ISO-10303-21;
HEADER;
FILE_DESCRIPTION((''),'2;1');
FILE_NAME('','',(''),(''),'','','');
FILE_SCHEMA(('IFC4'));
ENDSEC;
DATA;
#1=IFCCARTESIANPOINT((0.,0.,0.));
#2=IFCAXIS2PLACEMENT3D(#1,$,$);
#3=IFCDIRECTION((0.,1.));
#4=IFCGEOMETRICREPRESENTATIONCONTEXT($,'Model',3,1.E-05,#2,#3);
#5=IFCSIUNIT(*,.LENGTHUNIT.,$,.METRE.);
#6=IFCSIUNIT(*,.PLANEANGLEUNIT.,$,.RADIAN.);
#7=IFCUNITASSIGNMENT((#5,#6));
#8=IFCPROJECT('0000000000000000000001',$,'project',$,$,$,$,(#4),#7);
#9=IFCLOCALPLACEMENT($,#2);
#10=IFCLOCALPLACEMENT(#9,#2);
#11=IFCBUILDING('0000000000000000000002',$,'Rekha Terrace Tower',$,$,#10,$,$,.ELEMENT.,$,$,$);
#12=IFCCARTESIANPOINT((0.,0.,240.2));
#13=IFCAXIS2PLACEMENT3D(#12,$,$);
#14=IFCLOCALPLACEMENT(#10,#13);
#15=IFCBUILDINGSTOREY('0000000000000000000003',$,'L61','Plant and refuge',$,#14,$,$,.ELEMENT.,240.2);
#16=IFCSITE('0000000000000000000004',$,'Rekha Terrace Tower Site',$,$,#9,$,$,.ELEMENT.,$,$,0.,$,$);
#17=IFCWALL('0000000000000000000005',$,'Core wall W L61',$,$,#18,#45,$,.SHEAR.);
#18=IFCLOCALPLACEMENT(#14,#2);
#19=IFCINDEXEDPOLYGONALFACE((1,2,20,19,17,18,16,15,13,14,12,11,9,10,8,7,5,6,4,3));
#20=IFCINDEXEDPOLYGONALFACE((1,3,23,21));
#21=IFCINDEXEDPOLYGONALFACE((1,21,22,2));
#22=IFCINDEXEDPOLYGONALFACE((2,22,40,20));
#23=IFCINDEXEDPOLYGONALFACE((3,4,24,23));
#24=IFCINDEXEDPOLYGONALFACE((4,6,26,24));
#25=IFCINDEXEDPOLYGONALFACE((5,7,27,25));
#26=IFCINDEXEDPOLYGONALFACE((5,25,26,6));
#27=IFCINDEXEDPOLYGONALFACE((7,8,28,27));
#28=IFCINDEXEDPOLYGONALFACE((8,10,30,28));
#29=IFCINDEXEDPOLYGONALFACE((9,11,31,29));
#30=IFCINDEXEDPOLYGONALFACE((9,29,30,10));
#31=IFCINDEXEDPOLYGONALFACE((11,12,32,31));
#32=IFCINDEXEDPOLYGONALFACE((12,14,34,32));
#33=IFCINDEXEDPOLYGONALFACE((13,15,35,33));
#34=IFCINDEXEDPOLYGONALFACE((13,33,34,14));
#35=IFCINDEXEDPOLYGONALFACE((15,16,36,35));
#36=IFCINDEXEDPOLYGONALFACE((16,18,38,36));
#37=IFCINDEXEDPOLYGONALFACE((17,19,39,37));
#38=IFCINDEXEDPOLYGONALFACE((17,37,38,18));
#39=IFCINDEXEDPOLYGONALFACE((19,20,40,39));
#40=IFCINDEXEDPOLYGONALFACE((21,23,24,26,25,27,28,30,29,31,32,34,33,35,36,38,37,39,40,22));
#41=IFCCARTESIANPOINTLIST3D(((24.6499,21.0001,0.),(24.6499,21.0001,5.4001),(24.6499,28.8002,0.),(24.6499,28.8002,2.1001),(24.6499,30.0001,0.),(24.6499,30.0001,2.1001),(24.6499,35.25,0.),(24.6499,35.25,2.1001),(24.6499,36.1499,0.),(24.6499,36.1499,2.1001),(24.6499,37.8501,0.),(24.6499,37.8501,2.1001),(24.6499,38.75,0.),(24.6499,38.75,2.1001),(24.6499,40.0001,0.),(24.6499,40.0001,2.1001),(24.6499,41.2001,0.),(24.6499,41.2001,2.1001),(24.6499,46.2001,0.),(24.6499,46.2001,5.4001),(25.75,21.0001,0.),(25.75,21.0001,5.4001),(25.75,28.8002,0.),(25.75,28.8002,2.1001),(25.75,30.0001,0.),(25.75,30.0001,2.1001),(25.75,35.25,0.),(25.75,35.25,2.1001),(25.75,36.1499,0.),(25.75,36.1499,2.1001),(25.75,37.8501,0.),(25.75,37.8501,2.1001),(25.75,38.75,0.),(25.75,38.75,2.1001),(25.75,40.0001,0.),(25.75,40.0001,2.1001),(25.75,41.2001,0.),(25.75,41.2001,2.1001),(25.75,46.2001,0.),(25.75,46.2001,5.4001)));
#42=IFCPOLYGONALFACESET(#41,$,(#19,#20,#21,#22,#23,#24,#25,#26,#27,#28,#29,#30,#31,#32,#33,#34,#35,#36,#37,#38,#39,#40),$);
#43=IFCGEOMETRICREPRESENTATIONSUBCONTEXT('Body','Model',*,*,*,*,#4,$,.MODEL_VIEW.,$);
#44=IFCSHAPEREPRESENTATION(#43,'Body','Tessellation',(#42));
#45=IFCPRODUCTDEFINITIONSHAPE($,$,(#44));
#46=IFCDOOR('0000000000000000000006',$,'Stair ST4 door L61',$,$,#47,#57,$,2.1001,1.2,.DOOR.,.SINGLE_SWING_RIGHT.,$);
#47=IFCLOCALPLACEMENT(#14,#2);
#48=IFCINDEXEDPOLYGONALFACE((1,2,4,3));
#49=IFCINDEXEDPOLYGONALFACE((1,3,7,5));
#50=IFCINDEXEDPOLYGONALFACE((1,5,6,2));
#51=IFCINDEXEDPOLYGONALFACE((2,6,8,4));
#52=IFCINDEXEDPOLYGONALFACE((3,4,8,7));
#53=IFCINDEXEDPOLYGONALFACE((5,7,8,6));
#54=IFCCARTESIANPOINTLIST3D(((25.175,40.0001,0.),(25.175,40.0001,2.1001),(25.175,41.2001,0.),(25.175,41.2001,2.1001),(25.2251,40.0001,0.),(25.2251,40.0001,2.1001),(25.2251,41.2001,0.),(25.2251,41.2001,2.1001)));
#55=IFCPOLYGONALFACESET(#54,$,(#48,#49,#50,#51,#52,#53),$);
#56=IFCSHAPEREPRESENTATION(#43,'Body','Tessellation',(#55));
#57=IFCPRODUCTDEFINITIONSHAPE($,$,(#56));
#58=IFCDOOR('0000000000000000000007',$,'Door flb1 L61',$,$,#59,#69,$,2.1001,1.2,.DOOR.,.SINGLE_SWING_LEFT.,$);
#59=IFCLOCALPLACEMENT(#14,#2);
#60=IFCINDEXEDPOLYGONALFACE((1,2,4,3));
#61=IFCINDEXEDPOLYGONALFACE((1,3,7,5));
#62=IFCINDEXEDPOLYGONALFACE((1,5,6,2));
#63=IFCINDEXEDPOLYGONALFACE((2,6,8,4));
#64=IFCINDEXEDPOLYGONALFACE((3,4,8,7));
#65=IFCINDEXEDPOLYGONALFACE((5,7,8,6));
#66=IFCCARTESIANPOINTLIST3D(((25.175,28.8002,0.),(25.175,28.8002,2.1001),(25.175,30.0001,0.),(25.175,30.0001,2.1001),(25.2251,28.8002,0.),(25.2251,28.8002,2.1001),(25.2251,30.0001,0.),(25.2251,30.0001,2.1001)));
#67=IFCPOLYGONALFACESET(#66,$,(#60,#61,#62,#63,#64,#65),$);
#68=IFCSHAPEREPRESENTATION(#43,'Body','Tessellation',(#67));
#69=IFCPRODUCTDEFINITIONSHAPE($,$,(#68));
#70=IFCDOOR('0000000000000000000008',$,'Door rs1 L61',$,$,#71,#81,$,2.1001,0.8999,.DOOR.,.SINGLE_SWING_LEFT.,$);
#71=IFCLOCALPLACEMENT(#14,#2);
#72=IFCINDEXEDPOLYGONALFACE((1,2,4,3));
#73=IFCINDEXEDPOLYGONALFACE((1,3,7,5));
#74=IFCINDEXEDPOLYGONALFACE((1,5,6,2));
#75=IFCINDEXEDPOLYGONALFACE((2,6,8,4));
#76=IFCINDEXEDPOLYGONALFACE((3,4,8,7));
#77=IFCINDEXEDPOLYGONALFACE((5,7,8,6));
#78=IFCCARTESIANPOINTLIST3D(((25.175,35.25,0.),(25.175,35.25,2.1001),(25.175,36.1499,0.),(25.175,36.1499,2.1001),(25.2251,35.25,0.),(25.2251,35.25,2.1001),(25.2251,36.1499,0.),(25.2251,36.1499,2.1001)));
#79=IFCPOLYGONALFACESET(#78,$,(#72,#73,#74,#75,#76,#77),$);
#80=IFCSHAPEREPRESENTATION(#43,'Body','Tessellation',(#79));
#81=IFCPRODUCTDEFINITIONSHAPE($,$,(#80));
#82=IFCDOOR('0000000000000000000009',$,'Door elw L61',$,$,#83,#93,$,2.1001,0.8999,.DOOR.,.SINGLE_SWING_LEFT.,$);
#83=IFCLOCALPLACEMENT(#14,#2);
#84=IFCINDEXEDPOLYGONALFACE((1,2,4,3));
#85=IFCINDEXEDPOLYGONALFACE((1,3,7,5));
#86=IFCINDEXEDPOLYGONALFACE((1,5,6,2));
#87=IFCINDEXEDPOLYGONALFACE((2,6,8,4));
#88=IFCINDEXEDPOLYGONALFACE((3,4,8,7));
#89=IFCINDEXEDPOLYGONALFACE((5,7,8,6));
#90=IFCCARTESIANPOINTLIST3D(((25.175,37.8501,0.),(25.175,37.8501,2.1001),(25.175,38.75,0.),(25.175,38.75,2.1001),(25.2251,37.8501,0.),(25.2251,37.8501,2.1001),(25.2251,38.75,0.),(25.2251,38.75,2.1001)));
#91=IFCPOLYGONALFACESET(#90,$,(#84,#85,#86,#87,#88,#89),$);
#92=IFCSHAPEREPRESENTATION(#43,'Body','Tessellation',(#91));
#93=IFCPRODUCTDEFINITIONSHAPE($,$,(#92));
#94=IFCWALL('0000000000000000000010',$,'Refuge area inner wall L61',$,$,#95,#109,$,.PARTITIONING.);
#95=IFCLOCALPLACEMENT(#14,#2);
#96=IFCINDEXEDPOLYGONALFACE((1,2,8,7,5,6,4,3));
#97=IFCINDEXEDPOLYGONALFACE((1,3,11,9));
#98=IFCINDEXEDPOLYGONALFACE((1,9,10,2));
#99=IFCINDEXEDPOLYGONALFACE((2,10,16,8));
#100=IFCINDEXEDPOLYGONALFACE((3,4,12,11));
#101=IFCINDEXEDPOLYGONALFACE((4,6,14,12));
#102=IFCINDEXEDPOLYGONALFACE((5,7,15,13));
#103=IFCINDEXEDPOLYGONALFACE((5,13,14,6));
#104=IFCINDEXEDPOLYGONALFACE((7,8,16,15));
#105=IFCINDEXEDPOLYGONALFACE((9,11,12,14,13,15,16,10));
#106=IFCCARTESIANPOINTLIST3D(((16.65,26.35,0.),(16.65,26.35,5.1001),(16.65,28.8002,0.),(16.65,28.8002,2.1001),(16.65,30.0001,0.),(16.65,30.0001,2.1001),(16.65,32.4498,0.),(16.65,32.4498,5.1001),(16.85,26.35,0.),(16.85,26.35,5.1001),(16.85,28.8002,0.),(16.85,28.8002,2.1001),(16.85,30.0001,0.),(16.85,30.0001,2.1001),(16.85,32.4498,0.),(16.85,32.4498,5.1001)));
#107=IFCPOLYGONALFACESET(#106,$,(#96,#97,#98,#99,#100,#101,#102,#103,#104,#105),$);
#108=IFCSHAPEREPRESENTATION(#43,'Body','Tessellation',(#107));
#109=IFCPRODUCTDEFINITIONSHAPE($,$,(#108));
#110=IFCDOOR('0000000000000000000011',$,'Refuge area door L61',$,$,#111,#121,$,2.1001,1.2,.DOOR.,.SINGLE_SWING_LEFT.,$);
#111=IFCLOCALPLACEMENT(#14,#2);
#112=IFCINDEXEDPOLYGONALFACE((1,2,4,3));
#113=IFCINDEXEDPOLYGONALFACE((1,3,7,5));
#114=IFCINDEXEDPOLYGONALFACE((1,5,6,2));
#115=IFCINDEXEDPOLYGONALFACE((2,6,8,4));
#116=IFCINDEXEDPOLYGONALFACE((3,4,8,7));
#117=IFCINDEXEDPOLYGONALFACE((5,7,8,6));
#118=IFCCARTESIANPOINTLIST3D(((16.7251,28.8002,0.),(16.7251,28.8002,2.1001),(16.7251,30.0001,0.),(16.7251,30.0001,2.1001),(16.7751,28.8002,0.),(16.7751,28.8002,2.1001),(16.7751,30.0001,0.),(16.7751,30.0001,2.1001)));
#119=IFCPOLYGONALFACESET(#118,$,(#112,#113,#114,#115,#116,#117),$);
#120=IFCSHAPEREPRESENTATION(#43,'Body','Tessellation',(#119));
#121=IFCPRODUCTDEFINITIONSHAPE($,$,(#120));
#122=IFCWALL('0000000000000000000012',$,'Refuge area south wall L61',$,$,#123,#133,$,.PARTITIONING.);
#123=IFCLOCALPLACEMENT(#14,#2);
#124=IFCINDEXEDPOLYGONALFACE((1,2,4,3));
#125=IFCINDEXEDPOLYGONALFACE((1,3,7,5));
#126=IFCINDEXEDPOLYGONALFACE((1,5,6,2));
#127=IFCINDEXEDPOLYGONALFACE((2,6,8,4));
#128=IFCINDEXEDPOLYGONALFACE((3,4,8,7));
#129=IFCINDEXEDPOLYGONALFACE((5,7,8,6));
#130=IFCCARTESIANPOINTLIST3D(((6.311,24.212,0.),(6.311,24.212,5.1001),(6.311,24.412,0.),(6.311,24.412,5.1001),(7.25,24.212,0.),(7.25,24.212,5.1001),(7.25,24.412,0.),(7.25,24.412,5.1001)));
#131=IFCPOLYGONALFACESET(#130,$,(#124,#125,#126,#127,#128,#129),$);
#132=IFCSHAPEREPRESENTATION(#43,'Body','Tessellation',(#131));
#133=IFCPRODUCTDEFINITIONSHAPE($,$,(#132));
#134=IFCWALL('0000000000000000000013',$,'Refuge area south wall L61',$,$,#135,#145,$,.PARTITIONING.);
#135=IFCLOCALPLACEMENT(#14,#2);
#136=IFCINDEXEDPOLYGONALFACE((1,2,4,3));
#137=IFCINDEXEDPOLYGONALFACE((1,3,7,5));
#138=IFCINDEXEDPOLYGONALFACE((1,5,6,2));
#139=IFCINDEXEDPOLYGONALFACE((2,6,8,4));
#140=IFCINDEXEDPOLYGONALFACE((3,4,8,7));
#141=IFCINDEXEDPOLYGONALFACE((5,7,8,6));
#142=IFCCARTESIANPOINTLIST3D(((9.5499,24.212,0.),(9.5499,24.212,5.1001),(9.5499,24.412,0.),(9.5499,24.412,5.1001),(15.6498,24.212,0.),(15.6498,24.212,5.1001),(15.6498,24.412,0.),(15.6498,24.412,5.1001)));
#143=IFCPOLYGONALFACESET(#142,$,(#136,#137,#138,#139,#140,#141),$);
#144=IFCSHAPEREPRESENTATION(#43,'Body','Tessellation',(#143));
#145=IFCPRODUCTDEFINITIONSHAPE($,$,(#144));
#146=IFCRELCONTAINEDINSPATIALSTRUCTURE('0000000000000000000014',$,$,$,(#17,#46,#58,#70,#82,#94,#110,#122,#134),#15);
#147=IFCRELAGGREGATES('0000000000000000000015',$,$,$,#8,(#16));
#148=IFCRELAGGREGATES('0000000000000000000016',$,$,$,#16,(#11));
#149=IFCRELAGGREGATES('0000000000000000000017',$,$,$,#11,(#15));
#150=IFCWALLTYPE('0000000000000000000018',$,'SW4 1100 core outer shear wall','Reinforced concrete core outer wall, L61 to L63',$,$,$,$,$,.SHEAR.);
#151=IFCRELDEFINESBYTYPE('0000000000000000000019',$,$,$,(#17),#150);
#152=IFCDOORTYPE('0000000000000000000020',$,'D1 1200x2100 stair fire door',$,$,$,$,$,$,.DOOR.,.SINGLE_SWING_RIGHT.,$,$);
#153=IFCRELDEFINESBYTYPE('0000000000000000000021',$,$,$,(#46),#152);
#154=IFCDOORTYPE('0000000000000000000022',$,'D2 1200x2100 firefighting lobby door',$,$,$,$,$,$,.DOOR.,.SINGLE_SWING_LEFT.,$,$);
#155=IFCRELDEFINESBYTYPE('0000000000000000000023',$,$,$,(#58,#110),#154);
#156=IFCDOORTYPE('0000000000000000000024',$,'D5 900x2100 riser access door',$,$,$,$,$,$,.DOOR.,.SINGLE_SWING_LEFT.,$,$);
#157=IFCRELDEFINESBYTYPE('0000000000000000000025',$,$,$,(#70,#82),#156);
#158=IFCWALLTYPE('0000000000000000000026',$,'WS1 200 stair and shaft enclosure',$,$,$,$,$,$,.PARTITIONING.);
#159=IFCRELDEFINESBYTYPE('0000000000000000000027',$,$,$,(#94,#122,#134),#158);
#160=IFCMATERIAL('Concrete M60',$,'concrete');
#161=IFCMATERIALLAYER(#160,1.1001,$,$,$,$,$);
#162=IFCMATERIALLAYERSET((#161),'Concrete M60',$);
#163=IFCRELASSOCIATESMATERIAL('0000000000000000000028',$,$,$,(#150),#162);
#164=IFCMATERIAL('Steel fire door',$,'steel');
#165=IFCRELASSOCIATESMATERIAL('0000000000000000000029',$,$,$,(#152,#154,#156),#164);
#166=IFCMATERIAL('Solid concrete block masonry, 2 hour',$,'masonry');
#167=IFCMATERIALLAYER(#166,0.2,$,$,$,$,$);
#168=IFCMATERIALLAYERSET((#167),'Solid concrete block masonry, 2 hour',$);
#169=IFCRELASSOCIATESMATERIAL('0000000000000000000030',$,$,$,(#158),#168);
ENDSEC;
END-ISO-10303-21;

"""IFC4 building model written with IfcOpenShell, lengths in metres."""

from ifc_helpers import new_model, si_unit, direction, frame, frame_2d, origin, place, context, subcontext, project, spatial, rectangle, extrude, material, layer, layer_set, type_object, element, fill, save


model = new_model("IFC4")

# Units and contexts
model_context = context("Model", 3, precision=1e-05, world=origin(), true_north=direction((0.0, 1.0)))
body_context = subcontext(model_context, "Body", "Model", "MODEL_VIEW")
ifc_project = project(units=[si_unit("LENGTHUNIT", "METRE"), si_unit("PLANEANGLEUNIT", "RADIAN")], contexts=[model_context])

# Site, building, storey
site_placement = place(None, origin())
site = spatial("IfcSite", under=ifc_project, at=site_placement, Name="Rekha Terrace Tower Site", CompositionType="ELEMENT", RefElevation=0.0)
building_placement = place(site_placement, origin())
building = spatial("IfcBuilding", under=site, at=building_placement, Name="Rekha Terrace Tower", CompositionType="ELEMENT")
storey_placement = place(building_placement, frame((0.0, 0.0, 240.2)))
storey = spatial("IfcBuildingStorey", under=building, at=storey_placement, Name="L61", Description="Plant and refuge", CompositionType="ELEMENT", Elevation=240.2)

# Shared definitions
ifc_material_1 = material(Name="Concrete M60", Category="concrete")
ifc_layer_1 = layer(ifc_material_1, 1.1001)
ifc_layer_set_1 = layer_set([ifc_layer_1], Name="Concrete M60")
wall_type_1 = type_object("IfcWallType", Name="SW4 1100 core outer shear wall", Description="Reinforced concrete core outer wall, L61 to L63", PredefinedType="SHEAR", material=ifc_layer_set_1)

# Wall, openings, doors
wall_1_placement = place(storey_placement, frame((25.2, 21.0, 0.0), z_axis=(0.0, 0.0, 1.0), x_axis=(0.0, 1.0, 0.0)))
wall_1 = element("IfcWall", 1, at=wall_1_placement, inside=storey, type_object=wall_type_1, Name="Core wall W L61", PredefinedType="SHEAR", context=body_context, shape_type="SweptSolid", body=[
    extrude(rectangle(XDim=25.2, YDim=1.1001, at=frame_2d((12.6001, 0.0))), origin(), (0.0, 0.0, 1.0), 5.4001),
])
opening_1_placement = place(wall_1_placement, frame((7.8, 0.0, 0.0)))
opening_1 = element("IfcOpeningElement", 2, at=opening_1_placement, cuts=wall_1, PredefinedType="OPENING", context=body_context, shape_type="SweptSolid", body=[
    extrude(rectangle(XDim=1.2, YDim=2.1001, at=frame_2d((0.6001, 1.05))), frame((0.0, 0.5601, 0.0), z_axis=(0.0, -1.0, 0.0), x_axis=(1.0, 0.0, 0.0)), (0.0, 0.0, 1.0), 1.1201),
])
opening_2_placement = place(wall_1_placement, frame((14.25, 0.0, 0.0)))
opening_2 = element("IfcOpeningElement", 3, at=opening_2_placement, cuts=wall_1, PredefinedType="OPENING", context=body_context, shape_type="SweptSolid", body=[
    extrude(rectangle(XDim=0.8999, YDim=2.1001, at=frame_2d((0.45, 1.05))), frame((0.0, 0.5601, 0.0), z_axis=(0.0, -1.0, 0.0), x_axis=(1.0, 0.0, 0.0)), (0.0, 0.0, 1.0), 1.1201),
])
opening_3_placement = place(wall_1_placement, frame((16.8501, 0.0, 0.0)))
opening_3 = element("IfcOpeningElement", 4, at=opening_3_placement, cuts=wall_1, PredefinedType="OPENING", context=body_context, shape_type="SweptSolid", body=[
    extrude(rectangle(XDim=0.8999, YDim=2.1001, at=frame_2d((0.45, 1.05))), frame((0.0, 0.5601, 0.0), z_axis=(0.0, -1.0, 0.0), x_axis=(1.0, 0.0, 0.0)), (0.0, 0.0, 1.0), 1.1201),
])
opening_4_placement = place(wall_1_placement, frame((19.0, 0.0, 0.0)))
opening_4 = element("IfcOpeningElement", 5, at=opening_4_placement, cuts=wall_1, PredefinedType="OPENING", context=body_context, shape_type="SweptSolid", body=[
    extrude(rectangle(XDim=1.2, YDim=2.1001, at=frame_2d((0.6001, 1.05))), frame((0.0, 0.5601, 0.0), z_axis=(0.0, -1.0, 0.0), x_axis=(1.0, 0.0, 0.0)), (0.0, 0.0, 1.0), 1.1201),
])
ifc_material_2 = material(Name="Steel fire door", Category="steel")
door_type_1 = type_object("IfcDoorType", Name="D1 1200x2100 stair fire door", OperationType="SINGLE_SWING_RIGHT", PredefinedType="DOOR", material=ifc_material_2)
door_1_placement = place(opening_4_placement, origin())
door_1 = element("IfcDoor", 6, at=door_1_placement, inside=storey, type_object=door_type_1, Name="Stair ST4 door L61", OperationType="SINGLE_SWING_RIGHT", OverallHeight=2.1001, OverallWidth=1.2, PredefinedType="DOOR", context=body_context, shape_type="SweptSolid", body=[
    extrude(rectangle(XDim=1.2, YDim=2.1001, at=frame_2d((0.6001, 1.05))), frame((0.0, 0.0249, 0.0), z_axis=(0.0, -1.0, 0.0), x_axis=(1.0, 0.0, 0.0)), (0.0, 0.0, 1.0), 0.05),
])
fill(opening_4, door_1)
door_type_2 = type_object("IfcDoorType", Name="D2 1200x2100 firefighting lobby door", OperationType="SINGLE_SWING_LEFT", PredefinedType="DOOR", material=ifc_material_2)
door_2_placement = place(opening_1_placement, origin())
door_2 = element("IfcDoor", 7, at=door_2_placement, inside=storey, type_object=door_type_2, Name="Door flb1 L61", OperationType="SINGLE_SWING_LEFT", OverallHeight=2.1001, OverallWidth=1.2, PredefinedType="DOOR", context=body_context, shape_type="SweptSolid", body=[
    extrude(rectangle(XDim=1.2, YDim=2.1001, at=frame_2d((0.6001, 1.05))), frame((0.0, 0.0249, 0.0), z_axis=(0.0, -1.0, 0.0), x_axis=(1.0, 0.0, 0.0)), (0.0, 0.0, 1.0), 0.05),
])
fill(opening_1, door_2)
door_type_3 = type_object("IfcDoorType", Name="D5 900x2100 riser access door", OperationType="SINGLE_SWING_LEFT", PredefinedType="DOOR", material=ifc_material_2)
door_3_placement = place(opening_2_placement, origin())
door_3 = element("IfcDoor", 8, at=door_3_placement, inside=storey, type_object=door_type_3, Name="Door rs1 L61", OperationType="SINGLE_SWING_LEFT", OverallHeight=2.1001, OverallWidth=0.8999, PredefinedType="DOOR", context=body_context, shape_type="SweptSolid", body=[
    extrude(rectangle(XDim=0.8999, YDim=2.1001, at=frame_2d((0.45, 1.05))), frame((0.0, 0.0249, 0.0), z_axis=(0.0, -1.0, 0.0), x_axis=(1.0, 0.0, 0.0)), (0.0, 0.0, 1.0), 0.05),
])
fill(opening_2, door_3)
door_4_placement = place(opening_3_placement, origin())
door_4 = element("IfcDoor", 9, at=door_4_placement, inside=storey, type_object=door_type_3, Name="Door elw L61", OperationType="SINGLE_SWING_LEFT", OverallHeight=2.1001, OverallWidth=0.8999, PredefinedType="DOOR", context=body_context, shape_type="SweptSolid", body=[
    extrude(rectangle(XDim=0.8999, YDim=2.1001, at=frame_2d((0.45, 1.05))), frame((0.0, 0.0249, 0.0), z_axis=(0.0, -1.0, 0.0), x_axis=(1.0, 0.0, 0.0)), (0.0, 0.0, 1.0), 0.05),
])
fill(opening_3, door_4)

# Wall, opening, door
ifc_material_3 = material(Name="Solid concrete block masonry, 2 hour", Category="masonry")
ifc_layer_2 = layer(ifc_material_3, 0.2)
ifc_layer_set_2 = layer_set([ifc_layer_2], Name="Solid concrete block masonry, 2 hour")
wall_type_2 = type_object("IfcWallType", Name="WS1 200 stair and shaft enclosure", PredefinedType="PARTITIONING", material=ifc_layer_set_2)
wall_2_placement = place(storey_placement, frame((16.75, 26.3501, 0.0), z_axis=(0.0, 0.0, 1.0), x_axis=(0.0, 1.0, 0.0)))
wall_2 = element("IfcWall", 10, at=wall_2_placement, inside=storey, type_object=wall_type_2, Name="Refuge area inner wall L61", PredefinedType="PARTITIONING", context=body_context, shape_type="SweptSolid", body=[
    extrude(rectangle(XDim=6.0999, YDim=0.2, at=frame_2d((3.0498, 0.0))), origin(), (0.0, 0.0, 1.0), 5.1001),
])
opening_5_placement = place(wall_2_placement, frame((2.45, 0.0, 0.0)))
opening_5 = element("IfcOpeningElement", 11, at=opening_5_placement, cuts=wall_2, PredefinedType="OPENING", context=body_context, shape_type="SweptSolid", body=[
    extrude(rectangle(XDim=1.2, YDim=2.1001, at=frame_2d((0.6001, 1.05))), frame((0.0, 0.1099, 0.0), z_axis=(0.0, -1.0, 0.0), x_axis=(1.0, 0.0, 0.0)), (0.0, 0.0, 1.0), 0.22),
])
door_5_placement = place(opening_5_placement, origin())
door_5 = element("IfcDoor", 12, at=door_5_placement, inside=storey, type_object=door_type_2, Name="Refuge area door L61", OperationType="SINGLE_SWING_LEFT", OverallHeight=2.1001, OverallWidth=1.2, PredefinedType="DOOR", context=body_context, shape_type="SweptSolid", body=[
    extrude(rectangle(XDim=1.2, YDim=2.1001, at=frame_2d((0.6001, 1.05))), frame((0.0, 0.0249, 0.0), z_axis=(0.0, -1.0, 0.0), x_axis=(1.0, 0.0, 0.0)), (0.0, 0.0, 1.0), 0.05),
])
fill(opening_5, door_5)

# Walls
wall_3_placement = place(storey_placement, frame((6.311, 24.312, 0.0), z_axis=(0.0, 0.0, 1.0), x_axis=(1.0, 0.0, 0.0)))
element("IfcWall", 13, at=wall_3_placement, inside=storey, type_object=wall_type_2, Name="Refuge area south wall L61", PredefinedType="PARTITIONING", context=body_context, shape_type="SweptSolid", body=[
    extrude(rectangle(XDim=0.939, YDim=0.2, at=frame_2d((0.4695, 0.0))), origin(), (0.0, 0.0, 1.0), 5.1001),
])
wall_4_placement = place(storey_placement, frame((9.55, 24.312, 0.0), z_axis=(0.0, 0.0, 1.0), x_axis=(1.0, 0.0, 0.0)))
element("IfcWall", 14, at=wall_4_placement, inside=storey, type_object=wall_type_2, Name="Refuge area south wall L61", PredefinedType="PARTITIONING", context=body_context, shape_type="SweptSolid", body=[
    extrude(rectangle(XDim=6.0999, YDim=0.2, at=frame_2d((3.0498, 0.0))), origin(), (0.0, 0.0, 1.0), 5.1001),
])

save(model, "model.ifc")
